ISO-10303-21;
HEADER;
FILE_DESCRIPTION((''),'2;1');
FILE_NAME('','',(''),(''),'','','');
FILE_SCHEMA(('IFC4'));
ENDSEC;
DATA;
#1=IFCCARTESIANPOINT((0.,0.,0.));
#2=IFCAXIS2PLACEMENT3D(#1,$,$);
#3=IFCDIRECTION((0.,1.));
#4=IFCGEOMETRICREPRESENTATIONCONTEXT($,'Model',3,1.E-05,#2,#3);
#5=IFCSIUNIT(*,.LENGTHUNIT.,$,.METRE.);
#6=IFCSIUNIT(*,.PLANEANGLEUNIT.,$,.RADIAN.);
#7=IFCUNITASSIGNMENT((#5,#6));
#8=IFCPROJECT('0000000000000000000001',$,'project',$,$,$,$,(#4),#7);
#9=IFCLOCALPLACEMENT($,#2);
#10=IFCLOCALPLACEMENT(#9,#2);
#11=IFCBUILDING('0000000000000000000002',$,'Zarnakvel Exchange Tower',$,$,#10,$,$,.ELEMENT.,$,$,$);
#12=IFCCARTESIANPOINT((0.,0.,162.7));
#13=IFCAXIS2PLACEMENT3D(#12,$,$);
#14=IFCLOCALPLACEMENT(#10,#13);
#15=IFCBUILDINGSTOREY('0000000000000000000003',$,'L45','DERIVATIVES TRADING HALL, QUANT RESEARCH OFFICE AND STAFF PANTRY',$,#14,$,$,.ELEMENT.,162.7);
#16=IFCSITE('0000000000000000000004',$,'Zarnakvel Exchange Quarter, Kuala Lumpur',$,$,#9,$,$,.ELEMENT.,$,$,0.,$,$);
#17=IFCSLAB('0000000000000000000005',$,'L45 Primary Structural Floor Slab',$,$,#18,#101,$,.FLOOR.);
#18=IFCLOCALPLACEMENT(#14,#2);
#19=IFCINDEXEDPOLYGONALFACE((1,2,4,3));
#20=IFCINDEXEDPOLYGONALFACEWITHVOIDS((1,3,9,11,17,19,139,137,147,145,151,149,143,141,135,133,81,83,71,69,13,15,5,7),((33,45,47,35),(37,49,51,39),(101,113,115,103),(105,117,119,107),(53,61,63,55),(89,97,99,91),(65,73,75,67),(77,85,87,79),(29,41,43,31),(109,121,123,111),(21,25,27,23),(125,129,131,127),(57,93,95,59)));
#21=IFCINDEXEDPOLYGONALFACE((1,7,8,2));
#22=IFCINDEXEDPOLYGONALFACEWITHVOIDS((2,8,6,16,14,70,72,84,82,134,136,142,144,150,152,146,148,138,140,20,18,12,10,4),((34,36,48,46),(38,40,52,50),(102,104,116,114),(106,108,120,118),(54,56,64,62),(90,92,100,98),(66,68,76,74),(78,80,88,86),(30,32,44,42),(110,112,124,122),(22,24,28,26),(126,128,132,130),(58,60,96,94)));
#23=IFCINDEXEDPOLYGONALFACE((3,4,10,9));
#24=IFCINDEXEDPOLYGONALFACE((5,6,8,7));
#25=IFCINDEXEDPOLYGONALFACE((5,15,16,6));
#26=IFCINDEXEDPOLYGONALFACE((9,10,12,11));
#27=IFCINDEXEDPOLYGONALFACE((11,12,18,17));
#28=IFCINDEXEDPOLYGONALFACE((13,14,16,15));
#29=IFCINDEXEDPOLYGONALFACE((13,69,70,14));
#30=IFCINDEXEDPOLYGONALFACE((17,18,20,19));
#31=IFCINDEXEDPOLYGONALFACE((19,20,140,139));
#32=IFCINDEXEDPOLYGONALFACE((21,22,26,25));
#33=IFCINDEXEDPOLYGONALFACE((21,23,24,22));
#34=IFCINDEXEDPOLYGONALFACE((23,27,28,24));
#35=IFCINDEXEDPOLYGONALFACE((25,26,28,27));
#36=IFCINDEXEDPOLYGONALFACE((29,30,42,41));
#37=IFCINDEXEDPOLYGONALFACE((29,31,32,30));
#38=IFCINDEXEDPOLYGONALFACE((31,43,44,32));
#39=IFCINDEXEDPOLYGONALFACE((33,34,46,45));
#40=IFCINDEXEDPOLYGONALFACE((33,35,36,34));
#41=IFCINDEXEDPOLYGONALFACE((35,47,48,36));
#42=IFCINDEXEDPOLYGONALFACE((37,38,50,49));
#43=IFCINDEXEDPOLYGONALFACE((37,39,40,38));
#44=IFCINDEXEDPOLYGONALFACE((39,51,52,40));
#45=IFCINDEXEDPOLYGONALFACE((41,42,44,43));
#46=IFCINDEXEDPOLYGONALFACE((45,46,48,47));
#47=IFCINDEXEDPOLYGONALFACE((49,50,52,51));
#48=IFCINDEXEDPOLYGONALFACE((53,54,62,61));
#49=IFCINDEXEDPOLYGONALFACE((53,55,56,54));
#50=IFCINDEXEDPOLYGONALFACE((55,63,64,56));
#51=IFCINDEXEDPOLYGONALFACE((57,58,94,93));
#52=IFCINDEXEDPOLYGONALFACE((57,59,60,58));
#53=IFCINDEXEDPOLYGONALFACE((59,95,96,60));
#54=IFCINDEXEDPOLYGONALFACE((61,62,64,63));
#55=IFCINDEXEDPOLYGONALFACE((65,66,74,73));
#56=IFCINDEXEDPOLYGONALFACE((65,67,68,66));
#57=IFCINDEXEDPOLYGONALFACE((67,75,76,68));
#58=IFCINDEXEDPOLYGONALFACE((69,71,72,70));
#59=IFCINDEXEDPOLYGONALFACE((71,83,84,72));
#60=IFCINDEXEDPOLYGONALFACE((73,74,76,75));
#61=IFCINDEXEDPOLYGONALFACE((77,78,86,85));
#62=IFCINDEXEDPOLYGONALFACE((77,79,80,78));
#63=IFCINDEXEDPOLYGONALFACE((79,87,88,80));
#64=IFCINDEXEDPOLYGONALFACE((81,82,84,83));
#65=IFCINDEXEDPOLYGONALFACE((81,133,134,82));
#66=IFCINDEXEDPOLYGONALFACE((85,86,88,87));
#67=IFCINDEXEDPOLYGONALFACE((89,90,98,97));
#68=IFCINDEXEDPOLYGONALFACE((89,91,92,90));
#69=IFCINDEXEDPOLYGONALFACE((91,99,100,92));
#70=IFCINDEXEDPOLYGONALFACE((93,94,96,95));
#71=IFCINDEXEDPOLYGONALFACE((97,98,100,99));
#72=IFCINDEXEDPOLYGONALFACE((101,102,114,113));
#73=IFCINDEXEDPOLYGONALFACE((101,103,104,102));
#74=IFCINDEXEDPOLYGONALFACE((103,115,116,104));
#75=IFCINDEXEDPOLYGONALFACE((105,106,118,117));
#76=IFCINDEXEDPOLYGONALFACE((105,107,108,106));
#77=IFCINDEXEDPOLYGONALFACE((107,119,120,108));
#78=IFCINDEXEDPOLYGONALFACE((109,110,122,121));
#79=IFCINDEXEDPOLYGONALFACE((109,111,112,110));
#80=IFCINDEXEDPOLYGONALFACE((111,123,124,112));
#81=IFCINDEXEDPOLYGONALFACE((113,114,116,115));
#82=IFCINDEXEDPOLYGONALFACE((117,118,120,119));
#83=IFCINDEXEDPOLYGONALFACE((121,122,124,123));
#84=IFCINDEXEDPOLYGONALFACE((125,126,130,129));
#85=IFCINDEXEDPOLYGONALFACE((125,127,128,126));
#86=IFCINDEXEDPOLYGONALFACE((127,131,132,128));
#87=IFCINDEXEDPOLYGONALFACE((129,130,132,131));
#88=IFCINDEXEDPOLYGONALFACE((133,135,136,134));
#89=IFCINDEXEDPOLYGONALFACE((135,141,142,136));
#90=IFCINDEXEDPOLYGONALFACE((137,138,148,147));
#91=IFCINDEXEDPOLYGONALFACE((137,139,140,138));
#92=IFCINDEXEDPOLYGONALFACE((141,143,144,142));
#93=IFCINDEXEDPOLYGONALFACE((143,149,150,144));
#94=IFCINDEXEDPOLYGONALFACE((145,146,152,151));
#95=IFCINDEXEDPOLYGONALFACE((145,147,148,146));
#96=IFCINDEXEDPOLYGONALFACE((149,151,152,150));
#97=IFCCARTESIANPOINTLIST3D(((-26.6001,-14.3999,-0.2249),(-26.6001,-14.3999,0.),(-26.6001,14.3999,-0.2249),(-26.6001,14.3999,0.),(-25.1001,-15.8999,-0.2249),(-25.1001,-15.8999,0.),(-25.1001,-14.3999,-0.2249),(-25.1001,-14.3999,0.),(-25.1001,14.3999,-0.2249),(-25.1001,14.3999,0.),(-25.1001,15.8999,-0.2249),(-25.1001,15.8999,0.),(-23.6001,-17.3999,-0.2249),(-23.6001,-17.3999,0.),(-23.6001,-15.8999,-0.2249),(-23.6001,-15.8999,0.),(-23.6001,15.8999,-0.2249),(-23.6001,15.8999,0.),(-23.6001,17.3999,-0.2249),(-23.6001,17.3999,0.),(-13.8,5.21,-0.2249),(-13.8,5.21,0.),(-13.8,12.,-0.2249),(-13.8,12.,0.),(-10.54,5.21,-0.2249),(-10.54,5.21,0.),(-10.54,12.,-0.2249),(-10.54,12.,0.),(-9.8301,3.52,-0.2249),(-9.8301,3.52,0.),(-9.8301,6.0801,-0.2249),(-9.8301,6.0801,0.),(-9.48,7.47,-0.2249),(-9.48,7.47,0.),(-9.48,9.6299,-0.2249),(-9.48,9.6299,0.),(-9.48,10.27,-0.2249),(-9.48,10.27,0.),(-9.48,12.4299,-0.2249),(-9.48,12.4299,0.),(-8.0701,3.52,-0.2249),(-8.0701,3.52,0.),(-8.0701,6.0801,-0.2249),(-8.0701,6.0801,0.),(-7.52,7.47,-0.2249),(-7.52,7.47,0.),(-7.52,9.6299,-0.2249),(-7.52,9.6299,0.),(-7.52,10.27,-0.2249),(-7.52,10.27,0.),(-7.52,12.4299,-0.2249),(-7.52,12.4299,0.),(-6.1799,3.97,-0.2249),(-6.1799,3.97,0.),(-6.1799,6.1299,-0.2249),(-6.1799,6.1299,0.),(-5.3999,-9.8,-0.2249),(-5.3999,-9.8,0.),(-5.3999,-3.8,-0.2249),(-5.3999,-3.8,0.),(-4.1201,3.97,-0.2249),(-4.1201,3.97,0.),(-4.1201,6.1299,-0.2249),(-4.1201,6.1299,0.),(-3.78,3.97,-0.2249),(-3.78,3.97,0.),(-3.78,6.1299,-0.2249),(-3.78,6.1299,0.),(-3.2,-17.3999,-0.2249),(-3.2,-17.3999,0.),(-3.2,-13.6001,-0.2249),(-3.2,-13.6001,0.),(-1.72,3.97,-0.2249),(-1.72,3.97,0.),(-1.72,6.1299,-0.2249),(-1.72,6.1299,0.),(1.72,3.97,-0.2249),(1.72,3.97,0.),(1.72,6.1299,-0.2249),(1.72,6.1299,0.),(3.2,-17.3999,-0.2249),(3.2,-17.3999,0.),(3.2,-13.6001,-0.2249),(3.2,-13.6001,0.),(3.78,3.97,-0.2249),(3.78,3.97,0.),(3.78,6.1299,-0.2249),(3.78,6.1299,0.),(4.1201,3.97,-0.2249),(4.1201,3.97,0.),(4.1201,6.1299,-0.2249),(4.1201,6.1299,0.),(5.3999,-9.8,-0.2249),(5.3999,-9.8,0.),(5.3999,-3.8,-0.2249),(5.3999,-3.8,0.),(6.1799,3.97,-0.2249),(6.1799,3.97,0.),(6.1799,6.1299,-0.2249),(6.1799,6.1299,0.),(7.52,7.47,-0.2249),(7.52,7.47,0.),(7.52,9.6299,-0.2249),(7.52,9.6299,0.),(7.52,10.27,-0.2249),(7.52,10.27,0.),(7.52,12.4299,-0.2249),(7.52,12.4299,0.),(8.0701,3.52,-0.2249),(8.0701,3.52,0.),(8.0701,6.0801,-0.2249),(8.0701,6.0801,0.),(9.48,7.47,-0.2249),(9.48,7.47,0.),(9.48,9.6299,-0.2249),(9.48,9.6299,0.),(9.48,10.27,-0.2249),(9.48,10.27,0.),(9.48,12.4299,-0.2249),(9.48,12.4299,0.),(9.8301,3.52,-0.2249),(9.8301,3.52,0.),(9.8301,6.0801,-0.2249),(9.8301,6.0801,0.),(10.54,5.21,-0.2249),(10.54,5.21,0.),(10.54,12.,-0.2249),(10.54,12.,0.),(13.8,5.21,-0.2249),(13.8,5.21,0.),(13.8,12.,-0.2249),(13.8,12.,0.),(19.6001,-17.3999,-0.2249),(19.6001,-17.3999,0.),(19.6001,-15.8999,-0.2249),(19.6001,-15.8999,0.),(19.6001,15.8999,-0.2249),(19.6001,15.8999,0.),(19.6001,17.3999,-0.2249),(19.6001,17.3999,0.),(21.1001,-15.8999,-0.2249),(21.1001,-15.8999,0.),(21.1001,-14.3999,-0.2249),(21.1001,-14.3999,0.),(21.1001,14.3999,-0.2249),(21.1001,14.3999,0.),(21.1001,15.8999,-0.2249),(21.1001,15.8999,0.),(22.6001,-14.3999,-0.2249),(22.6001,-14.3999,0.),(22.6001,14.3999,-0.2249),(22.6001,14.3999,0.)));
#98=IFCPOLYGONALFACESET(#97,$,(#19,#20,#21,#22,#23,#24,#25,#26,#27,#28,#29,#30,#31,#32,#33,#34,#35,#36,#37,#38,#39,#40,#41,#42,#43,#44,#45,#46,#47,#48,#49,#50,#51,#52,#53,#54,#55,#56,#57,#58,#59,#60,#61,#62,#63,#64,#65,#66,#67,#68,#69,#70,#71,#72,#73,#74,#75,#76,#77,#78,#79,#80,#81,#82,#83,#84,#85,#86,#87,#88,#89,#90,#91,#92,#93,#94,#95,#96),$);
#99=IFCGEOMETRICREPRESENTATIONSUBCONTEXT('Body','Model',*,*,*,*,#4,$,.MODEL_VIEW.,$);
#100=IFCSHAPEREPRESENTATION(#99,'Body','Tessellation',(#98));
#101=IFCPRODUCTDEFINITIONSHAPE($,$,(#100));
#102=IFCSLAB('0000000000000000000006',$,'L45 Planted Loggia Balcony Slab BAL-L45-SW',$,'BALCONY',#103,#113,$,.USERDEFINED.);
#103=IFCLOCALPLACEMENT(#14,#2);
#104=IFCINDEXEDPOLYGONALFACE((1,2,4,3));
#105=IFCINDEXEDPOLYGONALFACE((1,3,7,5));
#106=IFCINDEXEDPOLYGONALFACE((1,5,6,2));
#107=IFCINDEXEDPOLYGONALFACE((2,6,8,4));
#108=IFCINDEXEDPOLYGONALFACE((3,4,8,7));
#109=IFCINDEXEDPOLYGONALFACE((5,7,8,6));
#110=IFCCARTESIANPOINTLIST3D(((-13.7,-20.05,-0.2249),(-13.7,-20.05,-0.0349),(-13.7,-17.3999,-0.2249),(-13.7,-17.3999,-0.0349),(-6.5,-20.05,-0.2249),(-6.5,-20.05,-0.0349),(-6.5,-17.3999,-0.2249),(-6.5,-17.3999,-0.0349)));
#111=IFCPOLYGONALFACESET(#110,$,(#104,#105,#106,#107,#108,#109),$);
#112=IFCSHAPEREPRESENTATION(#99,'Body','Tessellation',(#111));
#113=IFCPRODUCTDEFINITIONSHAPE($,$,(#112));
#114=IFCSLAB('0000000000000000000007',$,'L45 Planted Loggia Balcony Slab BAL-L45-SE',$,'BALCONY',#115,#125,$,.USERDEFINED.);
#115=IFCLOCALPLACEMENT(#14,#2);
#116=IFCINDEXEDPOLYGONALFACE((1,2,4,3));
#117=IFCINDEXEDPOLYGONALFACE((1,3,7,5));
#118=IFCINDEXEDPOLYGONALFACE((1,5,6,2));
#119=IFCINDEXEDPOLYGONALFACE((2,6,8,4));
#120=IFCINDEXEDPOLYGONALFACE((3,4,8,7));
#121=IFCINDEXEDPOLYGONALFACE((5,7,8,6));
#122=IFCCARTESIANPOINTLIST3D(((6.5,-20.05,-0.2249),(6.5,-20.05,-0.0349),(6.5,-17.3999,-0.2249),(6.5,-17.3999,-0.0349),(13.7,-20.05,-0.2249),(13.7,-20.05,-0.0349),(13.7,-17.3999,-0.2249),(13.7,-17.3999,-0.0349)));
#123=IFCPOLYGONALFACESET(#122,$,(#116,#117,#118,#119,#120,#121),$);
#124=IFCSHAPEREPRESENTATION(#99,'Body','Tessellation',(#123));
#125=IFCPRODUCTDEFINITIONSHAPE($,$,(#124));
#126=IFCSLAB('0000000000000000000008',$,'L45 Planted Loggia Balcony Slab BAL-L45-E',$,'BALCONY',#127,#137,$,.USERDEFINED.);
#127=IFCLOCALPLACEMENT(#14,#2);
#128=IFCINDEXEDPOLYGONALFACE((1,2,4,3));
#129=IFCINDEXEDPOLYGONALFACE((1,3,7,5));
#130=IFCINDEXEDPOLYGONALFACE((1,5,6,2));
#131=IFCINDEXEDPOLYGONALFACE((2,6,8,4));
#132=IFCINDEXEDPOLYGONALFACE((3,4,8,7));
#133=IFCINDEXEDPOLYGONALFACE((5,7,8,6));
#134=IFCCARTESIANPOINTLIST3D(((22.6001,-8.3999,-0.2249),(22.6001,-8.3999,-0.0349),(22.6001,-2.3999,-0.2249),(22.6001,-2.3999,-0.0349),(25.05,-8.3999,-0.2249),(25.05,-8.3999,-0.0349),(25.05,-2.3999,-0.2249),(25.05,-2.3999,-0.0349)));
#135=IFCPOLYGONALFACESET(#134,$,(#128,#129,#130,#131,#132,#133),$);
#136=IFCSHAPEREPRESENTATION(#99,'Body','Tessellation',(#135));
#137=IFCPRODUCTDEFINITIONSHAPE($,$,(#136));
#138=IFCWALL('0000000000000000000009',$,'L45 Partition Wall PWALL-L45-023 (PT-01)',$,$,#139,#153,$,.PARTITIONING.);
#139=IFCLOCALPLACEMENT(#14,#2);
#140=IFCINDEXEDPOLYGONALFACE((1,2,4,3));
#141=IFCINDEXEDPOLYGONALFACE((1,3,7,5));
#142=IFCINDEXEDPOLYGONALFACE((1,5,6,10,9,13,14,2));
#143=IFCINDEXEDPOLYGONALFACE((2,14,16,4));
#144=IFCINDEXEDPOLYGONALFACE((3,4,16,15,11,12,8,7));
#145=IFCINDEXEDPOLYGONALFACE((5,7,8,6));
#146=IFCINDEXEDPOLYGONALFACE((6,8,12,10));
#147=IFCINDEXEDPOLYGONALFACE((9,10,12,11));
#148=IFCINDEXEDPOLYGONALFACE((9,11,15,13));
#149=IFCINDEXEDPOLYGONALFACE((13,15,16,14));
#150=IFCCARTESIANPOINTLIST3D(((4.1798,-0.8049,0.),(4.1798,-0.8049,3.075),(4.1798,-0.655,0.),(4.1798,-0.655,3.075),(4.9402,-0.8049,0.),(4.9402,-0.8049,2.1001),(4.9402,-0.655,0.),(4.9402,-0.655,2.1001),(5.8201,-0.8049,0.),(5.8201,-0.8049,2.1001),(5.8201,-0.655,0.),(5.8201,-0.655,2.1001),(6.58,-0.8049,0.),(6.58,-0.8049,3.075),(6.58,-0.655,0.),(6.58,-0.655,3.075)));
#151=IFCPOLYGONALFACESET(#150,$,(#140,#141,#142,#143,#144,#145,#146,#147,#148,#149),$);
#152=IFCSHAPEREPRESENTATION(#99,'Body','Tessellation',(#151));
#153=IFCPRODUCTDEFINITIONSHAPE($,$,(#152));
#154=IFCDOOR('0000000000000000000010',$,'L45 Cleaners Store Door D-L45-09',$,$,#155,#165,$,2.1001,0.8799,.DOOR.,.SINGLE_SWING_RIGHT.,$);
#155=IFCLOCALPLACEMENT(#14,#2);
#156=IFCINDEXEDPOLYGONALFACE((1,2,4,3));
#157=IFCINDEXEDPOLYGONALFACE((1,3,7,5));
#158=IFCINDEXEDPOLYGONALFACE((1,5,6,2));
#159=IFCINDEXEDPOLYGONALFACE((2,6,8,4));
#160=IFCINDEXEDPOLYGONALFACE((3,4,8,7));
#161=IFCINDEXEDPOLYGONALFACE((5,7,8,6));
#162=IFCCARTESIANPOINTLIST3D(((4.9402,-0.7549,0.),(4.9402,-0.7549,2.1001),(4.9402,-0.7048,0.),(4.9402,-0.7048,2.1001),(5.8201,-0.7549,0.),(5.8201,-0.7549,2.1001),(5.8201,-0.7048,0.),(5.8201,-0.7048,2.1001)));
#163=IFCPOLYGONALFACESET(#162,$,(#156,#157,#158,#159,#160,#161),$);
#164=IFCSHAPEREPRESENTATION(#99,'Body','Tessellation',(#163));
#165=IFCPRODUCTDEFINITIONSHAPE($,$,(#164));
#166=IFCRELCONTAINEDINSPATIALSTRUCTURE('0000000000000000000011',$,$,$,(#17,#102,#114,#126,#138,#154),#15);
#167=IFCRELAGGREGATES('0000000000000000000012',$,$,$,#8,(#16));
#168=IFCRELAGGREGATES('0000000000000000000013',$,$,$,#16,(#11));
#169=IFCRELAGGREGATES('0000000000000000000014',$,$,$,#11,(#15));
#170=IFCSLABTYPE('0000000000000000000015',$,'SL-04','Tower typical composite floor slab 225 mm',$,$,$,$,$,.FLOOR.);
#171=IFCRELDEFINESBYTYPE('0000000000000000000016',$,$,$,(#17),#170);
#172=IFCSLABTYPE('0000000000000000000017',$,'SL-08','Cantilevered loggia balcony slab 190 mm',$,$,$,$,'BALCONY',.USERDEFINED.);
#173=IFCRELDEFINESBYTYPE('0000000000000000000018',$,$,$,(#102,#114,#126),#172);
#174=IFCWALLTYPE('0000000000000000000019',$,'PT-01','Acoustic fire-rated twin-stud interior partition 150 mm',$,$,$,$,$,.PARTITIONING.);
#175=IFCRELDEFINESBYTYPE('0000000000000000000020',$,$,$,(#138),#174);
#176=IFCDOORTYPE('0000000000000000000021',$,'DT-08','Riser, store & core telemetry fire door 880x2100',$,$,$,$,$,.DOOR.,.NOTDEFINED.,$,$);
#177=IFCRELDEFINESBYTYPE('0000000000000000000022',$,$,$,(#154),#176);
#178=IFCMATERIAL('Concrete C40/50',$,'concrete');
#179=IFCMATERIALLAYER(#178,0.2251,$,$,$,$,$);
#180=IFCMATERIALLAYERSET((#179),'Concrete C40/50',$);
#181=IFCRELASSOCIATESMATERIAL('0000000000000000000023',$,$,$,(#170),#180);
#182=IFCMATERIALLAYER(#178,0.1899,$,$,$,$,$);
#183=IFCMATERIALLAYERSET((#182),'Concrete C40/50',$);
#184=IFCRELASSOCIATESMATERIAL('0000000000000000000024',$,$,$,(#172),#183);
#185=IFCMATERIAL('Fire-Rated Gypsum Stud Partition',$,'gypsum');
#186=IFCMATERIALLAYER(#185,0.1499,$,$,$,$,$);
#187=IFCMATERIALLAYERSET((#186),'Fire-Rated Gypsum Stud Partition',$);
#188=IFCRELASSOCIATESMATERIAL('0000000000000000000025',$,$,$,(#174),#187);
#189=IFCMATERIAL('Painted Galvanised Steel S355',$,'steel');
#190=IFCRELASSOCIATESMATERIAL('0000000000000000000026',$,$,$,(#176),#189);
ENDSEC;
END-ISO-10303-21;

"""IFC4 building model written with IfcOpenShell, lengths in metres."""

from ifc_helpers import new_model, si_unit, direction, frame, frame_2d, origin, place, context, subcontext, project, spatial, polyline, rectangle, outline, extrude, source, transform, mapped, material, layer, layer_set, type_object, element, fill, save


model = new_model("IFC4")

# Units and contexts
model_context = context("Model", 3, precision=1e-05, world=origin(), true_north=direction((0.0, 1.0)))
body_context = subcontext(model_context, "Body", "Model", "MODEL_VIEW")
ifc_project = project(units=[si_unit("LENGTHUNIT", "METRE"), si_unit("PLANEANGLEUNIT", "RADIAN")], contexts=[model_context])

# Site, building, storey
site_placement = place(None, origin())
site = spatial("IfcSite", under=ifc_project, at=site_placement, Name="Zarnakvel Exchange Quarter, Kuala Lumpur", CompositionType="ELEMENT", RefElevation=0.0)
building_placement = place(site_placement, origin())
building = spatial("IfcBuilding", under=site, at=building_placement, Name="Zarnakvel Exchange Tower", CompositionType="ELEMENT")
storey_placement = place(building_placement, frame((0.0, 0.0, 162.7)))
storey = spatial("IfcBuildingStorey", under=building, at=storey_placement, Name="L45", Description="DERIVATIVES TRADING HALL, QUANT RESEARCH OFFICE AND STAFF PANTRY", CompositionType="ELEMENT", Elevation=162.7)

# Shared definitions
ifc_material_1 = material(Name="Concrete C40/50", Category="concrete")

# Slabs
ifc_layer_1 = layer(ifc_material_1, 0.2251)
ifc_layer_set_1 = layer_set([ifc_layer_1], Name="Concrete C40/50")
slab_type_1 = type_object("IfcSlabType", Name="SL-04", Description="Tower typical composite floor slab 225 mm", PredefinedType="FLOOR", material=ifc_layer_set_1)
slab_1_placement = place(storey_placement, frame((0.0, 0.0, -0.2249)))
element("IfcSlab", 1, at=slab_1_placement, inside=storey, type_object=slab_type_1, Name="L45 Primary Structural Floor Slab", PredefinedType="FLOOR", context=body_context, shape_type="SweptSolid", body=[
    extrude(outline(polyline([(-26.6001, -14.3999), (-25.1001, -14.3999), (-25.1001, -15.8999), (-23.6001, -15.8999), (-23.6001, -17.3999), (-3.2, -17.3999), (-3.2, -13.6001), (3.2, -13.6001), (3.2, -17.3999), (19.6001, -17.3999), (19.6001, -15.8999), (21.1001, -15.8999), (21.1001, -14.3999), (22.6001, -14.3999), (22.6001, 14.3999), (21.1001, 14.3999), (21.1001, 15.8999), (19.6001, 15.8999), (19.6001, 17.3999), (-23.6001, 17.3999), (-23.6001, 15.8999), (-25.1001, 15.8999), (-25.1001, 14.3999), (-26.6001, 14.3999), (-26.6001, -14.3999)]), holes=[polyline([(-5.3999, -9.8), (5.3999, -9.8), (5.3999, -3.8), (-5.3999, -3.8), (-5.3999, -9.8)]), polyline([(-13.8, 5.21), (-10.54, 5.21), (-10.54, 12.0), (-13.8, 12.0), (-13.8, 5.21)]), polyline([(10.54, 5.21), (13.8, 5.21), (13.8, 12.0), (10.54, 12.0), (10.54, 5.21)]), polyline([(-9.8301, 3.52), (-8.0701, 3.52), (-8.0701, 6.0801), (-9.8301, 6.0801), (-9.8301, 3.52)]), polyline([(8.0701, 3.52), (9.8301, 3.52), (9.8301, 6.0801), (8.0701, 6.0801), (8.0701, 3.52)]), polyline([(-6.1799, 3.97), (-4.1201, 3.97), (-4.1201, 6.1299), (-6.1799, 6.1299), (-6.1799, 3.97)]), polyline([(-3.78, 3.97), (-1.72, 3.97), (-1.72, 6.1299), (-3.78, 6.1299), (-3.78, 3.97)]), polyline([(1.72, 3.97), (3.78, 3.97), (3.78, 6.1299), (1.72, 6.1299), (1.72, 3.97)]), polyline([(4.1201, 3.97), (6.1799, 3.97), (6.1799, 6.1299), (4.1201, 6.1299), (4.1201, 3.97)]), polyline([(-9.48, 7.47), (-7.52, 7.47), (-7.52, 9.6299), (-9.48, 9.6299), (-9.48, 7.47)]), polyline([(-9.48, 10.27), (-7.52, 10.27), (-7.52, 12.4299), (-9.48, 12.4299), (-9.48, 10.27)]), polyline([(7.52, 7.47), (9.48, 7.47), (9.48, 9.6299), (7.52, 9.6299), (7.52, 7.47)]), polyline([(7.52, 10.27), (9.48, 10.27), (9.48, 12.4299), (7.52, 12.4299), (7.52, 10.27)])]), origin(), (0.0, 0.0, 1.0), 0.2249),
])
ifc_layer_2 = layer(ifc_material_1, 0.1899)
ifc_layer_set_2 = layer_set([ifc_layer_2], Name="Concrete C40/50")
slab_type_2 = type_object("IfcSlabType", Name="SL-08", Description="Cantilevered loggia balcony slab 190 mm", ElementType="BALCONY", PredefinedType="USERDEFINED", material=ifc_layer_set_2)
slab_2_placement = place(storey_placement, frame((0.0, 0.0, -0.2249)))
element("IfcSlab", 2, at=slab_2_placement, inside=storey, type_object=slab_type_2, Name="L45 Planted Loggia Balcony Slab BAL-L45-SW", ObjectType="BALCONY", PredefinedType="USERDEFINED", context=body_context, shape_type="SweptSolid", body=[
    extrude(outline(polyline([(-13.7, -20.05), (-6.5, -20.05), (-6.5, -17.3999), (-13.7, -17.3999), (-13.7, -20.05)])), origin(), (0.0, 0.0, 1.0), 0.1899),
])
slab_3_placement = place(storey_placement, frame((0.0, 0.0, -0.2249)))
element("IfcSlab", 3, at=slab_3_placement, inside=storey, type_object=slab_type_2, Name="L45 Planted Loggia Balcony Slab BAL-L45-SE", ObjectType="BALCONY", PredefinedType="USERDEFINED", context=body_context, shape_type="SweptSolid", body=[
    extrude(outline(polyline([(6.5, -20.05), (13.7, -20.05), (13.7, -17.3999), (6.5, -17.3999), (6.5, -20.05)])), origin(), (0.0, 0.0, 1.0), 0.1899),
])
slab_4_placement = place(storey_placement, frame((0.0, 0.0, -0.2249)))
element("IfcSlab", 4, at=slab_4_placement, inside=storey, type_object=slab_type_2, Name="L45 Planted Loggia Balcony Slab BAL-L45-E", ObjectType="BALCONY", PredefinedType="USERDEFINED", context=body_context, shape_type="SweptSolid", body=[
    extrude(outline(polyline([(22.6001, -8.3999), (25.05, -8.3999), (25.05, -2.3999), (22.6001, -2.3999), (22.6001, -8.3999)])), origin(), (0.0, 0.0, 1.0), 0.1899),
])

# Wall, opening, door
ifc_material_2 = material(Name="Fire-Rated Gypsum Stud Partition", Category="gypsum")
ifc_layer_3 = layer(ifc_material_2, 0.1499)
ifc_layer_set_3 = layer_set([ifc_layer_3], Name="Fire-Rated Gypsum Stud Partition")
wall_type_1 = type_object("IfcWallType", Name="PT-01", Description="Acoustic fire-rated twin-stud interior partition 150 mm", PredefinedType="PARTITIONING", material=ifc_layer_set_3)
wall_1_placement = place(storey_placement, frame((6.5801, -0.73, 0.0), z_axis=(0.0, 0.0, 1.0), x_axis=(-1.0, 0.0, 0.0)))
wall_1 = element("IfcWall", 5, at=wall_1_placement, inside=storey, type_object=wall_type_1, Name="L45 Partition Wall PWALL-L45-023 (PT-01)", PredefinedType="PARTITIONING", context=body_context, shape_type="SweptSolid", body=[
    extrude(rectangle(XDim=2.4001, YDim=0.1499, at=frame_2d((1.2002, 0.0))), origin(), (0.0, 0.0, 1.0), 3.075),
])
opening_1_placement = place(wall_1_placement, frame((0.76, 0.0, 0.0)))
opening_1 = element("IfcOpeningElement", 6, at=opening_1_placement, cuts=wall_1, PredefinedType="OPENING", context=body_context, shape_type="SweptSolid", body=[
    extrude(rectangle(XDim=0.8799, YDim=2.1001, at=frame_2d((0.4399, 1.05))), frame((0.0, 0.085, 0.0), z_axis=(0.0, -1.0, 0.0), x_axis=(1.0, 0.0, 0.0)), (0.0, 0.0, 1.0), 0.1699),
])
ifc_material_3 = material(Name="Painted Galvanised Steel S355", Category="steel")
door_type_1 = type_object("IfcDoorType", Name="DT-08", Description="Riser, store & core telemetry fire door 880x2100", OperationType="NOTDEFINED", PredefinedType="DOOR", material=ifc_material_3)
shared_shape_1 = source(origin(), body_context, "Body", "SweptSolid", [
    extrude(rectangle(XDim=0.8799, YDim=2.1001, at=frame_2d((0.4399, 1.05))), frame((0.0, 0.0249, 0.0), z_axis=(0.0, -1.0, 0.0), x_axis=(1.0, 0.0, 0.0)), (0.0, 0.0, 1.0), 0.05),
])
door_1_placement = place(opening_1_placement, origin())
door_1 = element("IfcDoor", 7, at=door_1_placement, inside=storey, type_object=door_type_1, Name="L45 Cleaners Store Door D-L45-09", OperationType="SINGLE_SWING_RIGHT", OverallHeight=2.1001, OverallWidth=0.8799, PredefinedType="DOOR", context=body_context, shape_type="MappedRepresentation", body=[
    mapped(shared_shape_1, transform((0.0, 0.0, 0.0), x_axis=(1.0, 0.0, 0.0), y_axis=(0.0, 1.0, 0.0), z_axis=(0.0, 0.0, 1.0), scale=1.0)),
])
fill(opening_1, door_1)

save(model, "model.ifc")
